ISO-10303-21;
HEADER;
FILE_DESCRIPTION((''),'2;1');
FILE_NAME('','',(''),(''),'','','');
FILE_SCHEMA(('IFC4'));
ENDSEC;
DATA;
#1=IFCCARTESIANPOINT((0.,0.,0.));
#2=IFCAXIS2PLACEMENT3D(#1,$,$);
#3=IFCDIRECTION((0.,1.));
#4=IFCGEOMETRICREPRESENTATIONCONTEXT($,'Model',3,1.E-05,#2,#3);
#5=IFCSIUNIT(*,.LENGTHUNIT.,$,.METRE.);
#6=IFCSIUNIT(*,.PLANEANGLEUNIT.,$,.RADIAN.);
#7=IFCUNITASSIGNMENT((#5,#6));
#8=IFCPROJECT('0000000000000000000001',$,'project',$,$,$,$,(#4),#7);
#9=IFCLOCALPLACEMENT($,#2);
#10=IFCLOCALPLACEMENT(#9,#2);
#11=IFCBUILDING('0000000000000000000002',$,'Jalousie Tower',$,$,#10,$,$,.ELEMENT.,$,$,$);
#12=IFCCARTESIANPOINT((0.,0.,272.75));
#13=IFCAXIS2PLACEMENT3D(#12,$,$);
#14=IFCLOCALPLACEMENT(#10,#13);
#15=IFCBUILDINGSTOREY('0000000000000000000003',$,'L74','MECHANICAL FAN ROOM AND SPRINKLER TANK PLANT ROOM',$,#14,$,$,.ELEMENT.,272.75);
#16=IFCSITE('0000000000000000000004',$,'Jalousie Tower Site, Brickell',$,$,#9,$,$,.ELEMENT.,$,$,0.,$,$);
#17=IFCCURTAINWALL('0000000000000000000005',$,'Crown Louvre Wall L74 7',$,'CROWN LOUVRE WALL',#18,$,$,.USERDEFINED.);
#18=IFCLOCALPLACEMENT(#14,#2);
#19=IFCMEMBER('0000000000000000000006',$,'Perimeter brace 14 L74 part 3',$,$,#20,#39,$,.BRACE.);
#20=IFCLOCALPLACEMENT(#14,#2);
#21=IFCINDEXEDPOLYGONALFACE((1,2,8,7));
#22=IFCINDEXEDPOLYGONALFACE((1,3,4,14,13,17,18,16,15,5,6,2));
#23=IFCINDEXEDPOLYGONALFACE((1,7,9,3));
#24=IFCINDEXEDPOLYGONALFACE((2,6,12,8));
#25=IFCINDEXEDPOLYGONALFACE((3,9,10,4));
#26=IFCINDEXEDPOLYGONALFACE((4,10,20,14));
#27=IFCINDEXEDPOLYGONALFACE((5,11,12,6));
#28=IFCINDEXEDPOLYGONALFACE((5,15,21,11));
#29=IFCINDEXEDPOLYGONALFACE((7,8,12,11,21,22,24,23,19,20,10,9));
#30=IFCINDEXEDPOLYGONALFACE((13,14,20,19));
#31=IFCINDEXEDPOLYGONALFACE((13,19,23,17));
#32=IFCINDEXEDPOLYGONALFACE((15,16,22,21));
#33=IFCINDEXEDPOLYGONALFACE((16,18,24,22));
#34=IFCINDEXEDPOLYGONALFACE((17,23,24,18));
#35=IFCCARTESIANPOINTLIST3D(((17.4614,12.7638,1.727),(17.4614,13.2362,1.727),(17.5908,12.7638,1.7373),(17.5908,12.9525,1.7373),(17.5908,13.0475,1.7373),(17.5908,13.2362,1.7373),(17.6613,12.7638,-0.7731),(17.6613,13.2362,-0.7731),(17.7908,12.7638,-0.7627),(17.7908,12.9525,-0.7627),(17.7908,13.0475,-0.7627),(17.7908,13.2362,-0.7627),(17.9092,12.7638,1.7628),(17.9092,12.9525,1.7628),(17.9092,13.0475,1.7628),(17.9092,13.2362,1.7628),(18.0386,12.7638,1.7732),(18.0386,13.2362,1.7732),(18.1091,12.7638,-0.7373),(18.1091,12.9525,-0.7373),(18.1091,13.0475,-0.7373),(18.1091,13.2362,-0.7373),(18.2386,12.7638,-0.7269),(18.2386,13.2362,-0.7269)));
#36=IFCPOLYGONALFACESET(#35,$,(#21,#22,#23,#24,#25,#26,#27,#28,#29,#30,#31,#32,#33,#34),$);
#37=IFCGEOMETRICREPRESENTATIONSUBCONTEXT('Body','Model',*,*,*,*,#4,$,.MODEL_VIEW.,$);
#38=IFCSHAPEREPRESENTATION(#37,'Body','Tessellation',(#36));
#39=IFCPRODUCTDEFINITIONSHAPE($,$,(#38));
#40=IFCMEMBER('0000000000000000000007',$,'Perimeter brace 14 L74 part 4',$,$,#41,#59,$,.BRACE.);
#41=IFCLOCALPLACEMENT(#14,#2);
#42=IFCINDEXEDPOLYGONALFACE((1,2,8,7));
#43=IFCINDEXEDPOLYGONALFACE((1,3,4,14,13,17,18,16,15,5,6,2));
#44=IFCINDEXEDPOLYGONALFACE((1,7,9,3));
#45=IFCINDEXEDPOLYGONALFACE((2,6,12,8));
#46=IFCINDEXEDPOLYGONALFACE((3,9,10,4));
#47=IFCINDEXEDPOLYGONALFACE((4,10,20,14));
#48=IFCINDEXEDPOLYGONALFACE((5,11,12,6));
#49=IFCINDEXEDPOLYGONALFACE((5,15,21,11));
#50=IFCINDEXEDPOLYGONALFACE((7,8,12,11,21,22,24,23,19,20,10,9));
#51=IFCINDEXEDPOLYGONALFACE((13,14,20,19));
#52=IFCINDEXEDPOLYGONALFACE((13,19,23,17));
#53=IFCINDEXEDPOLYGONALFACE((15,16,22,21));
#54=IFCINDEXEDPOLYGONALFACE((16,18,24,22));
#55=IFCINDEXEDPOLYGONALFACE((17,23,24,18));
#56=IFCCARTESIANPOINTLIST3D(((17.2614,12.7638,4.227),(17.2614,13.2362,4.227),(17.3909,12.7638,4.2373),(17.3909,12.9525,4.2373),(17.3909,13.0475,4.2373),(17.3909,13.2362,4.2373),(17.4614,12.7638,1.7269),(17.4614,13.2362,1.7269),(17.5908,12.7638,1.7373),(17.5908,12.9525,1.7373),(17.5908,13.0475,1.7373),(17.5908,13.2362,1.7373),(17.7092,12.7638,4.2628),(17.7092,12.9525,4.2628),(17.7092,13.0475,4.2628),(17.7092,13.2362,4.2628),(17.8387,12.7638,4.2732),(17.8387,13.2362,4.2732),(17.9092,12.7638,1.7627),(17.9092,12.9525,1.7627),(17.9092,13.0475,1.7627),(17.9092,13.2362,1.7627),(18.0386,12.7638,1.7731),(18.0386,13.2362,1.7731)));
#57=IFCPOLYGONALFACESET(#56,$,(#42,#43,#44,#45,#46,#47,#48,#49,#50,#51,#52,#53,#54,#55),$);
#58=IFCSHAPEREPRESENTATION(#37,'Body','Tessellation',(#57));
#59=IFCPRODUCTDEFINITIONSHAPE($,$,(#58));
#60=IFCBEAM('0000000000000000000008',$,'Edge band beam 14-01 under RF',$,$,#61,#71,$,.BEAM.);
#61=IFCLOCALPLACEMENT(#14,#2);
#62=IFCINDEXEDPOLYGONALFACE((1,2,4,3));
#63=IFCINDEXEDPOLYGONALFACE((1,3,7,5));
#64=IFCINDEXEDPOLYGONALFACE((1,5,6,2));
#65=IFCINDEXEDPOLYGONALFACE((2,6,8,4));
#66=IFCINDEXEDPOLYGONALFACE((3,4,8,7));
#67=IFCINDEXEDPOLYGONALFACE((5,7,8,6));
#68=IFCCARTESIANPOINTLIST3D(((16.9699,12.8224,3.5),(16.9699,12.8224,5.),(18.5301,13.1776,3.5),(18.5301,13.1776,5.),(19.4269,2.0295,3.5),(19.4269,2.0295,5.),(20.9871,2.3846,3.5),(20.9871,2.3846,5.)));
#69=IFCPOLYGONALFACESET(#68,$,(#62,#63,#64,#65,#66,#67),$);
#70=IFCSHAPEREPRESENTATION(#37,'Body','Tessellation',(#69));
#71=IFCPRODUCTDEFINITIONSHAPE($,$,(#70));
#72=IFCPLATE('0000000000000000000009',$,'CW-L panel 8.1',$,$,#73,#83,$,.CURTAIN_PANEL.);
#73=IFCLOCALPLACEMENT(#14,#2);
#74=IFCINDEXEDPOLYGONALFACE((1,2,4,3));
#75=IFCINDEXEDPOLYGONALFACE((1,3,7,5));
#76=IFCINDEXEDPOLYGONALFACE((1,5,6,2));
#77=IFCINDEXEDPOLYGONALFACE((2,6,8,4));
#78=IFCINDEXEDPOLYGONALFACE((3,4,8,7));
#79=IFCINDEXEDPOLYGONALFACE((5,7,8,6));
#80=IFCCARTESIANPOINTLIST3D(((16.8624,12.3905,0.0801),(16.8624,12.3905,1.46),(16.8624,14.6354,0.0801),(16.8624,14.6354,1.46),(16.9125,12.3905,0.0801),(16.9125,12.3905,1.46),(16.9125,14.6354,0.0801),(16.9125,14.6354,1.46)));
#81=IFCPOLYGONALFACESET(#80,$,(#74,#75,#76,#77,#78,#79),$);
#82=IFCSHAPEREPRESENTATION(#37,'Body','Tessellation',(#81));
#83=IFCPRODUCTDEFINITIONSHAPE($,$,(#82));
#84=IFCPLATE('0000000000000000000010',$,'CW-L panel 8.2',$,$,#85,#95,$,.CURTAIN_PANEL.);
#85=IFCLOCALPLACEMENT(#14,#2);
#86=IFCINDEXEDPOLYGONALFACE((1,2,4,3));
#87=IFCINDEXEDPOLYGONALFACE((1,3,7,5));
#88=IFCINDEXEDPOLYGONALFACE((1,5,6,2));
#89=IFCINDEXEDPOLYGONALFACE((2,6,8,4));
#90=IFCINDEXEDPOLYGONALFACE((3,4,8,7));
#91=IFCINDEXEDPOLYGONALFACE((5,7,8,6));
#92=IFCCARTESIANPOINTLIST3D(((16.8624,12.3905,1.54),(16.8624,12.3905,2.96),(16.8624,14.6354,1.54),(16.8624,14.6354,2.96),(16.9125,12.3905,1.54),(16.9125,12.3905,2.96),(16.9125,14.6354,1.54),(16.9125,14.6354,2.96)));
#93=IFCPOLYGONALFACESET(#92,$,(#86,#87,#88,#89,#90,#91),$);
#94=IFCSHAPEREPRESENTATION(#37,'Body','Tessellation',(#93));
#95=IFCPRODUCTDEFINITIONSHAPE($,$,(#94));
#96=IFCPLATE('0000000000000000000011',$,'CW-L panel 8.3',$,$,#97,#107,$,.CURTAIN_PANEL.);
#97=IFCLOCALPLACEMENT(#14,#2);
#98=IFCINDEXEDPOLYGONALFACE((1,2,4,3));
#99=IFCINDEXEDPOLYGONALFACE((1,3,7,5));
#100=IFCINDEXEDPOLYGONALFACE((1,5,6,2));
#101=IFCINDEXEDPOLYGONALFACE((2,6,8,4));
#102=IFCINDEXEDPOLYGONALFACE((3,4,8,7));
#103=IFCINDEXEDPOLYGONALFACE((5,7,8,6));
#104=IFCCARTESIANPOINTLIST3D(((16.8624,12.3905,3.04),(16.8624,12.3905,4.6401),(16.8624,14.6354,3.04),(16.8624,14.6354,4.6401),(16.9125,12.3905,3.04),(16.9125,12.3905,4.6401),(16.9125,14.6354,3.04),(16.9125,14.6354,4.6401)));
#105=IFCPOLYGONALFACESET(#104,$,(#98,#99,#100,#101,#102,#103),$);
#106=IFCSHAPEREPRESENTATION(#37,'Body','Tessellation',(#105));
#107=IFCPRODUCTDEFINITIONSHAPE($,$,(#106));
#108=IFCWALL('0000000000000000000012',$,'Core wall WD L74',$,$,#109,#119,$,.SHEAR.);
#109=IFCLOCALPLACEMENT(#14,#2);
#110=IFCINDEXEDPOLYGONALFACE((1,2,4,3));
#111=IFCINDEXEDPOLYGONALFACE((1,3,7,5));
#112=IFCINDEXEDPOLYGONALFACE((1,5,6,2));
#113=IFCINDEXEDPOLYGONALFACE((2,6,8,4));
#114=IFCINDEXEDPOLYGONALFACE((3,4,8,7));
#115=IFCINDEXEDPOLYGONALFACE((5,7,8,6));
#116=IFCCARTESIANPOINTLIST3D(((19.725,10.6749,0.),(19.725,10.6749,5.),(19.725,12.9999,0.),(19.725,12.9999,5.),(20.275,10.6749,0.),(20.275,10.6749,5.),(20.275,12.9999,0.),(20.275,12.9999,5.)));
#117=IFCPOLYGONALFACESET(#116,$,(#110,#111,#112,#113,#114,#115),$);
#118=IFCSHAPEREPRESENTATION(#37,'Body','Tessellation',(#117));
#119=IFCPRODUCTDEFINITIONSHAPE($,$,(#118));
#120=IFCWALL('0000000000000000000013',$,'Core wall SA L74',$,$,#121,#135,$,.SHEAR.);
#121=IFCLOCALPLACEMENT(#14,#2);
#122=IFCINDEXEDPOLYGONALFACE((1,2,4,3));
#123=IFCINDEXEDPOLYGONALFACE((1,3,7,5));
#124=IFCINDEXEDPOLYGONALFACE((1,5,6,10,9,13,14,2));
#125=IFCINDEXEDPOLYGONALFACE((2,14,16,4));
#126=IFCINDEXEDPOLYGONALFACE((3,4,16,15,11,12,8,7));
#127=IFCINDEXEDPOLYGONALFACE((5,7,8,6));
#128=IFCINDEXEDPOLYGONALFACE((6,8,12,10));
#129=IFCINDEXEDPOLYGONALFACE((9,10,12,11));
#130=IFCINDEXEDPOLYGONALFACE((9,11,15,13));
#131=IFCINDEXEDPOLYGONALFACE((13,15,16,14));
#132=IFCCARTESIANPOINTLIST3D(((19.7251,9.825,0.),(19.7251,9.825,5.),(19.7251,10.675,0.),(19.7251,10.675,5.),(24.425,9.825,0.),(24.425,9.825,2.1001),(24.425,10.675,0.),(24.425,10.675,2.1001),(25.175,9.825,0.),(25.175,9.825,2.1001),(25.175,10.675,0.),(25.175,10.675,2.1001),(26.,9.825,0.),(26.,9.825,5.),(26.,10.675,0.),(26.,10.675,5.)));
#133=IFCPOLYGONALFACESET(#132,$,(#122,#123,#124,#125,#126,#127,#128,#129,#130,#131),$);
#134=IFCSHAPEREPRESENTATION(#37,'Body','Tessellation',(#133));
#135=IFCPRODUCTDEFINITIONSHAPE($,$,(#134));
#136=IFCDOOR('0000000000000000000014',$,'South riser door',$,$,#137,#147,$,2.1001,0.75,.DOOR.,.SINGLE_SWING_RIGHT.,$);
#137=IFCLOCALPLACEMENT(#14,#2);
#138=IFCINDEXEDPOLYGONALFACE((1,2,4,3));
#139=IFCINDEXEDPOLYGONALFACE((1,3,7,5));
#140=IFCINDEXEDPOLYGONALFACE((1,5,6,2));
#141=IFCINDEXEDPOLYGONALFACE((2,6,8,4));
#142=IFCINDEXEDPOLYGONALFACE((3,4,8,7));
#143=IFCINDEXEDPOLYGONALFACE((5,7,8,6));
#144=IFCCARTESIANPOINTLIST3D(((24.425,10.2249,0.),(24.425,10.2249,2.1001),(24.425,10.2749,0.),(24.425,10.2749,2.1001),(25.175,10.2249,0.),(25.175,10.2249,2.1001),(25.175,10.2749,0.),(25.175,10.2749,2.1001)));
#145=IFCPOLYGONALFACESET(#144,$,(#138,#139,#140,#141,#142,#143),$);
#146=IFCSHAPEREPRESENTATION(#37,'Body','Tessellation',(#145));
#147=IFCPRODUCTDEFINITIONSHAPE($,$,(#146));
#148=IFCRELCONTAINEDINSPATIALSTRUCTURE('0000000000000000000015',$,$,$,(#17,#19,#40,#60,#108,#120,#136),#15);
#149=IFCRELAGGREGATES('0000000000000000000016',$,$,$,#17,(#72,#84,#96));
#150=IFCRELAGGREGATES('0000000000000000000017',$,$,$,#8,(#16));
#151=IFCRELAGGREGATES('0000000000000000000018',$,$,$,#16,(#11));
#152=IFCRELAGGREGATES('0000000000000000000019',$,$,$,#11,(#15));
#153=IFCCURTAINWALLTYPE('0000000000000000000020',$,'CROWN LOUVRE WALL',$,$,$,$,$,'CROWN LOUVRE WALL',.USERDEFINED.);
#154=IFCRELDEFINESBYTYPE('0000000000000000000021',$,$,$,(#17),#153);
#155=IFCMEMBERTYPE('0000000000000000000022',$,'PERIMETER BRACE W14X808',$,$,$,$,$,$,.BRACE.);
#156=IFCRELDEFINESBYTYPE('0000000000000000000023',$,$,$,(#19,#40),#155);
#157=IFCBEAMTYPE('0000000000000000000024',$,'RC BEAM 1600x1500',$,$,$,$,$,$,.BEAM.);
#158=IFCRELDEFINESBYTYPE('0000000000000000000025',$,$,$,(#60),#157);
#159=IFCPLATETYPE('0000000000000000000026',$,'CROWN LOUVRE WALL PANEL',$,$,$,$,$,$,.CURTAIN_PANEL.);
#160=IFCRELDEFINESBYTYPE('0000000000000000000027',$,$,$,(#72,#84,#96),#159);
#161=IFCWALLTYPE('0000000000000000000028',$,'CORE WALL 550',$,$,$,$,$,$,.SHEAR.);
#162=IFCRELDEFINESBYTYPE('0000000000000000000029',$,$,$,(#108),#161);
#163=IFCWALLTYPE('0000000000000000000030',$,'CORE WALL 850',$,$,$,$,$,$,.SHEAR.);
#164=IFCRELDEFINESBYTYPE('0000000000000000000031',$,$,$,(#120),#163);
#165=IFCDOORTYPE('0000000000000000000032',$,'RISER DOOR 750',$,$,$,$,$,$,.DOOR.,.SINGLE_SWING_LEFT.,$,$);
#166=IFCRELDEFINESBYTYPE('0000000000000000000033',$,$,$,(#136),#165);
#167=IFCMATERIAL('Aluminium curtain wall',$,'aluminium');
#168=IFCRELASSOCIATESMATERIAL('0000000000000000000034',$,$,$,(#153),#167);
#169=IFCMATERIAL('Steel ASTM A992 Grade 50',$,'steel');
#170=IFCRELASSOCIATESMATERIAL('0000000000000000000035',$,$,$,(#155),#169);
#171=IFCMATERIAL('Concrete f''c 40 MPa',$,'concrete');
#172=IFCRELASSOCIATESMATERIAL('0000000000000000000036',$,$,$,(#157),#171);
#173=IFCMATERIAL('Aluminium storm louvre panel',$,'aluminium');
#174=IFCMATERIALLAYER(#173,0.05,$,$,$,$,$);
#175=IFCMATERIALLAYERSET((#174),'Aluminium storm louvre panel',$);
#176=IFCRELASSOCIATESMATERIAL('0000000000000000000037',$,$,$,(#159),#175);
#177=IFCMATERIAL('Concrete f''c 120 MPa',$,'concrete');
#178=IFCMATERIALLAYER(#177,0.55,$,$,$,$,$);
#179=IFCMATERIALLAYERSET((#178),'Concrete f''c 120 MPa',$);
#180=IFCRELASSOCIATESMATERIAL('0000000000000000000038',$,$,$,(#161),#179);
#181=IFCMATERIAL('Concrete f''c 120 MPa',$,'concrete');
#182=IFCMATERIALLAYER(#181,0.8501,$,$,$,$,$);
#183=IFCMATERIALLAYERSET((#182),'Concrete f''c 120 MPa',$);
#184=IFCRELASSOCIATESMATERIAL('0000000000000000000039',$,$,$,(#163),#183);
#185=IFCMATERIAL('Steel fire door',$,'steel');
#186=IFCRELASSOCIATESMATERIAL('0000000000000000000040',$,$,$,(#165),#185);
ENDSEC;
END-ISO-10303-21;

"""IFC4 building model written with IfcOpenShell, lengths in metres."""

from ifc_helpers import new_model, si_unit, direction, frame, frame_2d, origin, origin_2d, place, context, subcontext, project, spatial, rectangle, i_section, extrude, material, layer, layer_set, material_profile, profile_set, type_object, element, fill, aggregate, save


model = new_model("IFC4")

# Units and contexts
model_context = context("Model", 3, precision=1e-05, world=origin(), true_north=direction((0.0, 1.0)))
body_context = subcontext(model_context, "Body", "Model", "MODEL_VIEW")
ifc_project = project(units=[si_unit("LENGTHUNIT", "METRE"), si_unit("PLANEANGLEUNIT", "RADIAN")], contexts=[model_context])

# Site, building, storey
site_placement = place(None, origin())
site = spatial("IfcSite", under=ifc_project, at=site_placement, Name="Jalousie Tower Site, Brickell", CompositionType="ELEMENT", RefElevation=0.0)
building_placement = place(site_placement, origin())
building = spatial("IfcBuilding", under=site, at=building_placement, Name="Jalousie Tower", CompositionType="ELEMENT")
storey_placement = place(building_placement, frame((0.0, 0.0, 272.75)))
storey = spatial("IfcBuildingStorey", under=building, at=storey_placement, Name="L74", Description="MECHANICAL FAN ROOM AND SPRINKLER TANK PLANT ROOM", CompositionType="ELEMENT", Elevation=272.75)

# Curtain wall
ifc_material_1 = material(Name="Aluminium curtain wall", Category="aluminium")
curtain_wall_type = type_object("IfcCurtainWallType", Name="CROWN LOUVRE WALL", ElementType="CROWN LOUVRE WALL", PredefinedType="USERDEFINED", material=ifc_material_1)
curtain_wall_1_placement = place(storey_placement, origin())
curtain_wall_1 = element("IfcCurtainWall", 1, at=curtain_wall_1_placement, inside=storey, type_object=curtain_wall_type, Name="Crown Louvre Wall L74 7", ObjectType="CROWN LOUVRE WALL", PredefinedType="USERDEFINED")

# Members
ifc_material_2 = material(Name="Steel ASTM A992 Grade 50", Category="steel")
ifc_material_profile_1 = material_profile(ifc_material_2, i_section(OverallWidth=0.4724, OverallDepth=0.5791, WebThickness=0.095, FlangeThickness=0.1299, at=origin_2d()), Name="W14X808")
ifc_profile_set_1 = profile_set([ifc_material_profile_1], Name="Steel ASTM A992 Grade 50")
member_type_1 = type_object("IfcMemberType", Name="PERIMETER BRACE W14X808", PredefinedType="BRACE", material=ifc_profile_set_1)
for number, where, z_axis, x_axis, name in (
    (2, (17.95, 13.0, -0.75), (-0.079726, 0.0, 0.996817), (0.0, -1.0, 0.0), "Perimeter brace 14 L74 part 3"),
    (3, (17.75, 13.0, 1.75), (-0.079726, 0.0, 0.996817), (0.0, -1.0, 0.0), "Perimeter brace 14 L74 part 4"),
):
    element("IfcMember", number, at=place(storey_placement, frame(where, z_axis=z_axis, x_axis=x_axis)), inside=storey, type_object=member_type_1, Name=name, PredefinedType="BRACE", context=body_context, shape_type="SweptSolid", body=[
        extrude(i_section(OverallWidth=0.4724, OverallDepth=0.5791, WebThickness=0.095, FlangeThickness=0.1299, at=origin_2d()), origin(), (0.0, 0.0, 1.0), 2.5081),
    ])

# Beam
ifc_material_3 = material(Name="Concrete f'c 40 MPa", Category="concrete")
ifc_material_profile_2 = material_profile(ifc_material_3, rectangle(XDim=1.6001, YDim=1.5, at=origin_2d()), Name="RC 1600x1500")
ifc_profile_set_2 = profile_set([ifc_material_profile_2], Name="Concrete f'c 40 MPa")
beam_type = type_object("IfcBeamType", Name="RC BEAM 1600x1500", PredefinedType="BEAM", material=ifc_profile_set_2)
beam_placement = place(storey_placement, frame((17.75, 13.0, 4.25), z_axis=(0.221972, -0.975053, 0.0), x_axis=(0.975053, 0.221972, 0.0)))
element("IfcBeam", 4, at=beam_placement, inside=storey, type_object=beam_type, Name="Edge band beam 14-01 under RF", PredefinedType="BEAM", context=body_context, shape_type="SweptSolid", body=[
    extrude(rectangle(XDim=1.6001, YDim=1.5, at=origin_2d()), origin(), (0.0, 0.0, 1.0), 11.0691),
])

# Plates
ifc_material_4 = material(Name="Aluminium storm louvre panel", Category="aluminium")
ifc_layer_1 = layer(ifc_material_4, 0.05)
ifc_layer_set_1 = layer_set([ifc_layer_1], Name="Aluminium storm louvre panel")
plate_type = type_object("IfcPlateType", Name="CROWN LOUVRE WALL PANEL", PredefinedType="CURTAIN_PANEL", material=ifc_layer_set_1)
plate_1_placement = place(storey_placement, frame((16.8875, 13.5129, 0.0801), z_axis=(0.0, 0.0, 1.0), x_axis=(0.0, -1.0, 0.0)))
plate_1 = element("IfcPlate", 5, at=plate_1_placement, type_object=plate_type, Name="CW-L panel 8.1", PredefinedType="CURTAIN_PANEL", context=body_context, shape_type="SweptSolid", body=[
    extrude(rectangle(XDim=2.2449, YDim=0.05, at=origin_2d()), origin(), (0.0, 0.0, 1.0), 1.3799),
])
plate_2_placement = place(storey_placement, frame((16.8875, 13.5129, 1.54), z_axis=(0.0, 0.0, 1.0), x_axis=(0.0, -1.0, 0.0)))
plate_2 = element("IfcPlate", 6, at=plate_2_placement, type_object=plate_type, Name="CW-L panel 8.2", PredefinedType="CURTAIN_PANEL", context=body_context, shape_type="SweptSolid", body=[
    extrude(rectangle(XDim=2.2449, YDim=0.05, at=origin_2d()), origin(), (0.0, 0.0, 1.0), 1.4199),
])
plate_3_placement = place(storey_placement, frame((16.8875, 13.5129, 3.04), z_axis=(0.0, 0.0, 1.0), x_axis=(0.0, -1.0, 0.0)))
plate_3 = element("IfcPlate", 7, at=plate_3_placement, type_object=plate_type, Name="CW-L panel 8.3", PredefinedType="CURTAIN_PANEL", context=body_context, shape_type="SweptSolid", body=[
    extrude(rectangle(XDim=2.2449, YDim=0.05, at=origin_2d()), origin(), (0.0, 0.0, 1.0), 1.6001),
])
aggregate(curtain_wall_1, [plate_1, plate_2, plate_3])

# Wall
ifc_material_5 = material(Name="Concrete f'c 120 MPa", Category="concrete")
ifc_layer_2 = layer(ifc_material_5, 0.55)
ifc_layer_set_2 = layer_set([ifc_layer_2], Name="Concrete f'c 120 MPa")
wall_type_1 = type_object("IfcWallType", Name="CORE WALL 550", PredefinedType="SHEAR", material=ifc_layer_set_2)
wall_1_placement = place(storey_placement, frame((20.0, 13.0, 0.0), z_axis=(0.0, 0.0, 1.0), x_axis=(0.0, -1.0, 0.0)))
element("IfcWall", 8, at=wall_1_placement, inside=storey, type_object=wall_type_1, Name="Core wall WD L74", PredefinedType="SHEAR", context=body_context, shape_type="SweptSolid", body=[
    extrude(rectangle(XDim=2.325, YDim=0.55, at=frame_2d((1.1626, 0.0))), origin(), (0.0, 0.0, 1.0), 5.0),
])

# Wall, opening, door
ifc_material_6 = material(Name="Concrete f'c 120 MPa", Category="concrete")
ifc_layer_3 = layer(ifc_material_6, 0.8501)
ifc_layer_set_3 = layer_set([ifc_layer_3], Name="Concrete f'c 120 MPa")
wall_type_2 = type_object("IfcWallType", Name="CORE WALL 850", PredefinedType="SHEAR", material=ifc_layer_set_3)
wall_2_placement = place(storey_placement, frame((19.7251, 10.25, 0.0), z_axis=(0.0, 0.0, 1.0), x_axis=(1.0, 0.0, 0.0)))
wall_2 = element("IfcWall", 9, at=wall_2_placement, inside=storey, type_object=wall_type_2, Name="Core wall SA L74", PredefinedType="SHEAR", context=body_context, shape_type="SweptSolid", body=[
    extrude(rectangle(XDim=6.2749, YDim=0.8501, at=frame_2d((3.1375, 0.0))), origin(), (0.0, 0.0, 1.0), 5.0),
])
opening_1_placement = place(wall_2_placement, frame((4.7, 0.0, 0.0)))
opening_1 = element("IfcOpeningElement", 10, at=opening_1_placement, cuts=wall_2, PredefinedType="OPENING", context=body_context, shape_type="SweptSolid", body=[
    extrude(rectangle(XDim=0.75, YDim=2.1001, at=frame_2d((0.375, 1.05))), frame((0.0, 0.4351, 0.0), z_axis=(0.0, -1.0, 0.0), x_axis=(1.0, 0.0, 0.0)), (0.0, 0.0, 1.0), 0.8701),
])
ifc_material_7 = material(Name="Steel fire door", Category="steel")
door_type_1 = type_object("IfcDoorType", Name="RISER DOOR 750", OperationType="SINGLE_SWING_LEFT", PredefinedType="DOOR", material=ifc_material_7)
door_1_placement = place(opening_1_placement, origin())
door_1 = element("IfcDoor", 11, at=door_1_placement, inside=storey, type_object=door_type_1, Name="South riser door", OperationType="SINGLE_SWING_RIGHT", OverallHeight=2.1001, OverallWidth=0.75, PredefinedType="DOOR", context=body_context, shape_type="SweptSolid", body=[
    extrude(rectangle(XDim=0.75, YDim=2.1001, at=frame_2d((0.375, 1.05))), frame((0.0, 0.0249, 0.0), z_axis=(0.0, -1.0, 0.0), x_axis=(1.0, 0.0, 0.0)), (0.0, 0.0, 1.0), 0.05),
])
fill(opening_1, door_1)

save(model, "model.ifc")
